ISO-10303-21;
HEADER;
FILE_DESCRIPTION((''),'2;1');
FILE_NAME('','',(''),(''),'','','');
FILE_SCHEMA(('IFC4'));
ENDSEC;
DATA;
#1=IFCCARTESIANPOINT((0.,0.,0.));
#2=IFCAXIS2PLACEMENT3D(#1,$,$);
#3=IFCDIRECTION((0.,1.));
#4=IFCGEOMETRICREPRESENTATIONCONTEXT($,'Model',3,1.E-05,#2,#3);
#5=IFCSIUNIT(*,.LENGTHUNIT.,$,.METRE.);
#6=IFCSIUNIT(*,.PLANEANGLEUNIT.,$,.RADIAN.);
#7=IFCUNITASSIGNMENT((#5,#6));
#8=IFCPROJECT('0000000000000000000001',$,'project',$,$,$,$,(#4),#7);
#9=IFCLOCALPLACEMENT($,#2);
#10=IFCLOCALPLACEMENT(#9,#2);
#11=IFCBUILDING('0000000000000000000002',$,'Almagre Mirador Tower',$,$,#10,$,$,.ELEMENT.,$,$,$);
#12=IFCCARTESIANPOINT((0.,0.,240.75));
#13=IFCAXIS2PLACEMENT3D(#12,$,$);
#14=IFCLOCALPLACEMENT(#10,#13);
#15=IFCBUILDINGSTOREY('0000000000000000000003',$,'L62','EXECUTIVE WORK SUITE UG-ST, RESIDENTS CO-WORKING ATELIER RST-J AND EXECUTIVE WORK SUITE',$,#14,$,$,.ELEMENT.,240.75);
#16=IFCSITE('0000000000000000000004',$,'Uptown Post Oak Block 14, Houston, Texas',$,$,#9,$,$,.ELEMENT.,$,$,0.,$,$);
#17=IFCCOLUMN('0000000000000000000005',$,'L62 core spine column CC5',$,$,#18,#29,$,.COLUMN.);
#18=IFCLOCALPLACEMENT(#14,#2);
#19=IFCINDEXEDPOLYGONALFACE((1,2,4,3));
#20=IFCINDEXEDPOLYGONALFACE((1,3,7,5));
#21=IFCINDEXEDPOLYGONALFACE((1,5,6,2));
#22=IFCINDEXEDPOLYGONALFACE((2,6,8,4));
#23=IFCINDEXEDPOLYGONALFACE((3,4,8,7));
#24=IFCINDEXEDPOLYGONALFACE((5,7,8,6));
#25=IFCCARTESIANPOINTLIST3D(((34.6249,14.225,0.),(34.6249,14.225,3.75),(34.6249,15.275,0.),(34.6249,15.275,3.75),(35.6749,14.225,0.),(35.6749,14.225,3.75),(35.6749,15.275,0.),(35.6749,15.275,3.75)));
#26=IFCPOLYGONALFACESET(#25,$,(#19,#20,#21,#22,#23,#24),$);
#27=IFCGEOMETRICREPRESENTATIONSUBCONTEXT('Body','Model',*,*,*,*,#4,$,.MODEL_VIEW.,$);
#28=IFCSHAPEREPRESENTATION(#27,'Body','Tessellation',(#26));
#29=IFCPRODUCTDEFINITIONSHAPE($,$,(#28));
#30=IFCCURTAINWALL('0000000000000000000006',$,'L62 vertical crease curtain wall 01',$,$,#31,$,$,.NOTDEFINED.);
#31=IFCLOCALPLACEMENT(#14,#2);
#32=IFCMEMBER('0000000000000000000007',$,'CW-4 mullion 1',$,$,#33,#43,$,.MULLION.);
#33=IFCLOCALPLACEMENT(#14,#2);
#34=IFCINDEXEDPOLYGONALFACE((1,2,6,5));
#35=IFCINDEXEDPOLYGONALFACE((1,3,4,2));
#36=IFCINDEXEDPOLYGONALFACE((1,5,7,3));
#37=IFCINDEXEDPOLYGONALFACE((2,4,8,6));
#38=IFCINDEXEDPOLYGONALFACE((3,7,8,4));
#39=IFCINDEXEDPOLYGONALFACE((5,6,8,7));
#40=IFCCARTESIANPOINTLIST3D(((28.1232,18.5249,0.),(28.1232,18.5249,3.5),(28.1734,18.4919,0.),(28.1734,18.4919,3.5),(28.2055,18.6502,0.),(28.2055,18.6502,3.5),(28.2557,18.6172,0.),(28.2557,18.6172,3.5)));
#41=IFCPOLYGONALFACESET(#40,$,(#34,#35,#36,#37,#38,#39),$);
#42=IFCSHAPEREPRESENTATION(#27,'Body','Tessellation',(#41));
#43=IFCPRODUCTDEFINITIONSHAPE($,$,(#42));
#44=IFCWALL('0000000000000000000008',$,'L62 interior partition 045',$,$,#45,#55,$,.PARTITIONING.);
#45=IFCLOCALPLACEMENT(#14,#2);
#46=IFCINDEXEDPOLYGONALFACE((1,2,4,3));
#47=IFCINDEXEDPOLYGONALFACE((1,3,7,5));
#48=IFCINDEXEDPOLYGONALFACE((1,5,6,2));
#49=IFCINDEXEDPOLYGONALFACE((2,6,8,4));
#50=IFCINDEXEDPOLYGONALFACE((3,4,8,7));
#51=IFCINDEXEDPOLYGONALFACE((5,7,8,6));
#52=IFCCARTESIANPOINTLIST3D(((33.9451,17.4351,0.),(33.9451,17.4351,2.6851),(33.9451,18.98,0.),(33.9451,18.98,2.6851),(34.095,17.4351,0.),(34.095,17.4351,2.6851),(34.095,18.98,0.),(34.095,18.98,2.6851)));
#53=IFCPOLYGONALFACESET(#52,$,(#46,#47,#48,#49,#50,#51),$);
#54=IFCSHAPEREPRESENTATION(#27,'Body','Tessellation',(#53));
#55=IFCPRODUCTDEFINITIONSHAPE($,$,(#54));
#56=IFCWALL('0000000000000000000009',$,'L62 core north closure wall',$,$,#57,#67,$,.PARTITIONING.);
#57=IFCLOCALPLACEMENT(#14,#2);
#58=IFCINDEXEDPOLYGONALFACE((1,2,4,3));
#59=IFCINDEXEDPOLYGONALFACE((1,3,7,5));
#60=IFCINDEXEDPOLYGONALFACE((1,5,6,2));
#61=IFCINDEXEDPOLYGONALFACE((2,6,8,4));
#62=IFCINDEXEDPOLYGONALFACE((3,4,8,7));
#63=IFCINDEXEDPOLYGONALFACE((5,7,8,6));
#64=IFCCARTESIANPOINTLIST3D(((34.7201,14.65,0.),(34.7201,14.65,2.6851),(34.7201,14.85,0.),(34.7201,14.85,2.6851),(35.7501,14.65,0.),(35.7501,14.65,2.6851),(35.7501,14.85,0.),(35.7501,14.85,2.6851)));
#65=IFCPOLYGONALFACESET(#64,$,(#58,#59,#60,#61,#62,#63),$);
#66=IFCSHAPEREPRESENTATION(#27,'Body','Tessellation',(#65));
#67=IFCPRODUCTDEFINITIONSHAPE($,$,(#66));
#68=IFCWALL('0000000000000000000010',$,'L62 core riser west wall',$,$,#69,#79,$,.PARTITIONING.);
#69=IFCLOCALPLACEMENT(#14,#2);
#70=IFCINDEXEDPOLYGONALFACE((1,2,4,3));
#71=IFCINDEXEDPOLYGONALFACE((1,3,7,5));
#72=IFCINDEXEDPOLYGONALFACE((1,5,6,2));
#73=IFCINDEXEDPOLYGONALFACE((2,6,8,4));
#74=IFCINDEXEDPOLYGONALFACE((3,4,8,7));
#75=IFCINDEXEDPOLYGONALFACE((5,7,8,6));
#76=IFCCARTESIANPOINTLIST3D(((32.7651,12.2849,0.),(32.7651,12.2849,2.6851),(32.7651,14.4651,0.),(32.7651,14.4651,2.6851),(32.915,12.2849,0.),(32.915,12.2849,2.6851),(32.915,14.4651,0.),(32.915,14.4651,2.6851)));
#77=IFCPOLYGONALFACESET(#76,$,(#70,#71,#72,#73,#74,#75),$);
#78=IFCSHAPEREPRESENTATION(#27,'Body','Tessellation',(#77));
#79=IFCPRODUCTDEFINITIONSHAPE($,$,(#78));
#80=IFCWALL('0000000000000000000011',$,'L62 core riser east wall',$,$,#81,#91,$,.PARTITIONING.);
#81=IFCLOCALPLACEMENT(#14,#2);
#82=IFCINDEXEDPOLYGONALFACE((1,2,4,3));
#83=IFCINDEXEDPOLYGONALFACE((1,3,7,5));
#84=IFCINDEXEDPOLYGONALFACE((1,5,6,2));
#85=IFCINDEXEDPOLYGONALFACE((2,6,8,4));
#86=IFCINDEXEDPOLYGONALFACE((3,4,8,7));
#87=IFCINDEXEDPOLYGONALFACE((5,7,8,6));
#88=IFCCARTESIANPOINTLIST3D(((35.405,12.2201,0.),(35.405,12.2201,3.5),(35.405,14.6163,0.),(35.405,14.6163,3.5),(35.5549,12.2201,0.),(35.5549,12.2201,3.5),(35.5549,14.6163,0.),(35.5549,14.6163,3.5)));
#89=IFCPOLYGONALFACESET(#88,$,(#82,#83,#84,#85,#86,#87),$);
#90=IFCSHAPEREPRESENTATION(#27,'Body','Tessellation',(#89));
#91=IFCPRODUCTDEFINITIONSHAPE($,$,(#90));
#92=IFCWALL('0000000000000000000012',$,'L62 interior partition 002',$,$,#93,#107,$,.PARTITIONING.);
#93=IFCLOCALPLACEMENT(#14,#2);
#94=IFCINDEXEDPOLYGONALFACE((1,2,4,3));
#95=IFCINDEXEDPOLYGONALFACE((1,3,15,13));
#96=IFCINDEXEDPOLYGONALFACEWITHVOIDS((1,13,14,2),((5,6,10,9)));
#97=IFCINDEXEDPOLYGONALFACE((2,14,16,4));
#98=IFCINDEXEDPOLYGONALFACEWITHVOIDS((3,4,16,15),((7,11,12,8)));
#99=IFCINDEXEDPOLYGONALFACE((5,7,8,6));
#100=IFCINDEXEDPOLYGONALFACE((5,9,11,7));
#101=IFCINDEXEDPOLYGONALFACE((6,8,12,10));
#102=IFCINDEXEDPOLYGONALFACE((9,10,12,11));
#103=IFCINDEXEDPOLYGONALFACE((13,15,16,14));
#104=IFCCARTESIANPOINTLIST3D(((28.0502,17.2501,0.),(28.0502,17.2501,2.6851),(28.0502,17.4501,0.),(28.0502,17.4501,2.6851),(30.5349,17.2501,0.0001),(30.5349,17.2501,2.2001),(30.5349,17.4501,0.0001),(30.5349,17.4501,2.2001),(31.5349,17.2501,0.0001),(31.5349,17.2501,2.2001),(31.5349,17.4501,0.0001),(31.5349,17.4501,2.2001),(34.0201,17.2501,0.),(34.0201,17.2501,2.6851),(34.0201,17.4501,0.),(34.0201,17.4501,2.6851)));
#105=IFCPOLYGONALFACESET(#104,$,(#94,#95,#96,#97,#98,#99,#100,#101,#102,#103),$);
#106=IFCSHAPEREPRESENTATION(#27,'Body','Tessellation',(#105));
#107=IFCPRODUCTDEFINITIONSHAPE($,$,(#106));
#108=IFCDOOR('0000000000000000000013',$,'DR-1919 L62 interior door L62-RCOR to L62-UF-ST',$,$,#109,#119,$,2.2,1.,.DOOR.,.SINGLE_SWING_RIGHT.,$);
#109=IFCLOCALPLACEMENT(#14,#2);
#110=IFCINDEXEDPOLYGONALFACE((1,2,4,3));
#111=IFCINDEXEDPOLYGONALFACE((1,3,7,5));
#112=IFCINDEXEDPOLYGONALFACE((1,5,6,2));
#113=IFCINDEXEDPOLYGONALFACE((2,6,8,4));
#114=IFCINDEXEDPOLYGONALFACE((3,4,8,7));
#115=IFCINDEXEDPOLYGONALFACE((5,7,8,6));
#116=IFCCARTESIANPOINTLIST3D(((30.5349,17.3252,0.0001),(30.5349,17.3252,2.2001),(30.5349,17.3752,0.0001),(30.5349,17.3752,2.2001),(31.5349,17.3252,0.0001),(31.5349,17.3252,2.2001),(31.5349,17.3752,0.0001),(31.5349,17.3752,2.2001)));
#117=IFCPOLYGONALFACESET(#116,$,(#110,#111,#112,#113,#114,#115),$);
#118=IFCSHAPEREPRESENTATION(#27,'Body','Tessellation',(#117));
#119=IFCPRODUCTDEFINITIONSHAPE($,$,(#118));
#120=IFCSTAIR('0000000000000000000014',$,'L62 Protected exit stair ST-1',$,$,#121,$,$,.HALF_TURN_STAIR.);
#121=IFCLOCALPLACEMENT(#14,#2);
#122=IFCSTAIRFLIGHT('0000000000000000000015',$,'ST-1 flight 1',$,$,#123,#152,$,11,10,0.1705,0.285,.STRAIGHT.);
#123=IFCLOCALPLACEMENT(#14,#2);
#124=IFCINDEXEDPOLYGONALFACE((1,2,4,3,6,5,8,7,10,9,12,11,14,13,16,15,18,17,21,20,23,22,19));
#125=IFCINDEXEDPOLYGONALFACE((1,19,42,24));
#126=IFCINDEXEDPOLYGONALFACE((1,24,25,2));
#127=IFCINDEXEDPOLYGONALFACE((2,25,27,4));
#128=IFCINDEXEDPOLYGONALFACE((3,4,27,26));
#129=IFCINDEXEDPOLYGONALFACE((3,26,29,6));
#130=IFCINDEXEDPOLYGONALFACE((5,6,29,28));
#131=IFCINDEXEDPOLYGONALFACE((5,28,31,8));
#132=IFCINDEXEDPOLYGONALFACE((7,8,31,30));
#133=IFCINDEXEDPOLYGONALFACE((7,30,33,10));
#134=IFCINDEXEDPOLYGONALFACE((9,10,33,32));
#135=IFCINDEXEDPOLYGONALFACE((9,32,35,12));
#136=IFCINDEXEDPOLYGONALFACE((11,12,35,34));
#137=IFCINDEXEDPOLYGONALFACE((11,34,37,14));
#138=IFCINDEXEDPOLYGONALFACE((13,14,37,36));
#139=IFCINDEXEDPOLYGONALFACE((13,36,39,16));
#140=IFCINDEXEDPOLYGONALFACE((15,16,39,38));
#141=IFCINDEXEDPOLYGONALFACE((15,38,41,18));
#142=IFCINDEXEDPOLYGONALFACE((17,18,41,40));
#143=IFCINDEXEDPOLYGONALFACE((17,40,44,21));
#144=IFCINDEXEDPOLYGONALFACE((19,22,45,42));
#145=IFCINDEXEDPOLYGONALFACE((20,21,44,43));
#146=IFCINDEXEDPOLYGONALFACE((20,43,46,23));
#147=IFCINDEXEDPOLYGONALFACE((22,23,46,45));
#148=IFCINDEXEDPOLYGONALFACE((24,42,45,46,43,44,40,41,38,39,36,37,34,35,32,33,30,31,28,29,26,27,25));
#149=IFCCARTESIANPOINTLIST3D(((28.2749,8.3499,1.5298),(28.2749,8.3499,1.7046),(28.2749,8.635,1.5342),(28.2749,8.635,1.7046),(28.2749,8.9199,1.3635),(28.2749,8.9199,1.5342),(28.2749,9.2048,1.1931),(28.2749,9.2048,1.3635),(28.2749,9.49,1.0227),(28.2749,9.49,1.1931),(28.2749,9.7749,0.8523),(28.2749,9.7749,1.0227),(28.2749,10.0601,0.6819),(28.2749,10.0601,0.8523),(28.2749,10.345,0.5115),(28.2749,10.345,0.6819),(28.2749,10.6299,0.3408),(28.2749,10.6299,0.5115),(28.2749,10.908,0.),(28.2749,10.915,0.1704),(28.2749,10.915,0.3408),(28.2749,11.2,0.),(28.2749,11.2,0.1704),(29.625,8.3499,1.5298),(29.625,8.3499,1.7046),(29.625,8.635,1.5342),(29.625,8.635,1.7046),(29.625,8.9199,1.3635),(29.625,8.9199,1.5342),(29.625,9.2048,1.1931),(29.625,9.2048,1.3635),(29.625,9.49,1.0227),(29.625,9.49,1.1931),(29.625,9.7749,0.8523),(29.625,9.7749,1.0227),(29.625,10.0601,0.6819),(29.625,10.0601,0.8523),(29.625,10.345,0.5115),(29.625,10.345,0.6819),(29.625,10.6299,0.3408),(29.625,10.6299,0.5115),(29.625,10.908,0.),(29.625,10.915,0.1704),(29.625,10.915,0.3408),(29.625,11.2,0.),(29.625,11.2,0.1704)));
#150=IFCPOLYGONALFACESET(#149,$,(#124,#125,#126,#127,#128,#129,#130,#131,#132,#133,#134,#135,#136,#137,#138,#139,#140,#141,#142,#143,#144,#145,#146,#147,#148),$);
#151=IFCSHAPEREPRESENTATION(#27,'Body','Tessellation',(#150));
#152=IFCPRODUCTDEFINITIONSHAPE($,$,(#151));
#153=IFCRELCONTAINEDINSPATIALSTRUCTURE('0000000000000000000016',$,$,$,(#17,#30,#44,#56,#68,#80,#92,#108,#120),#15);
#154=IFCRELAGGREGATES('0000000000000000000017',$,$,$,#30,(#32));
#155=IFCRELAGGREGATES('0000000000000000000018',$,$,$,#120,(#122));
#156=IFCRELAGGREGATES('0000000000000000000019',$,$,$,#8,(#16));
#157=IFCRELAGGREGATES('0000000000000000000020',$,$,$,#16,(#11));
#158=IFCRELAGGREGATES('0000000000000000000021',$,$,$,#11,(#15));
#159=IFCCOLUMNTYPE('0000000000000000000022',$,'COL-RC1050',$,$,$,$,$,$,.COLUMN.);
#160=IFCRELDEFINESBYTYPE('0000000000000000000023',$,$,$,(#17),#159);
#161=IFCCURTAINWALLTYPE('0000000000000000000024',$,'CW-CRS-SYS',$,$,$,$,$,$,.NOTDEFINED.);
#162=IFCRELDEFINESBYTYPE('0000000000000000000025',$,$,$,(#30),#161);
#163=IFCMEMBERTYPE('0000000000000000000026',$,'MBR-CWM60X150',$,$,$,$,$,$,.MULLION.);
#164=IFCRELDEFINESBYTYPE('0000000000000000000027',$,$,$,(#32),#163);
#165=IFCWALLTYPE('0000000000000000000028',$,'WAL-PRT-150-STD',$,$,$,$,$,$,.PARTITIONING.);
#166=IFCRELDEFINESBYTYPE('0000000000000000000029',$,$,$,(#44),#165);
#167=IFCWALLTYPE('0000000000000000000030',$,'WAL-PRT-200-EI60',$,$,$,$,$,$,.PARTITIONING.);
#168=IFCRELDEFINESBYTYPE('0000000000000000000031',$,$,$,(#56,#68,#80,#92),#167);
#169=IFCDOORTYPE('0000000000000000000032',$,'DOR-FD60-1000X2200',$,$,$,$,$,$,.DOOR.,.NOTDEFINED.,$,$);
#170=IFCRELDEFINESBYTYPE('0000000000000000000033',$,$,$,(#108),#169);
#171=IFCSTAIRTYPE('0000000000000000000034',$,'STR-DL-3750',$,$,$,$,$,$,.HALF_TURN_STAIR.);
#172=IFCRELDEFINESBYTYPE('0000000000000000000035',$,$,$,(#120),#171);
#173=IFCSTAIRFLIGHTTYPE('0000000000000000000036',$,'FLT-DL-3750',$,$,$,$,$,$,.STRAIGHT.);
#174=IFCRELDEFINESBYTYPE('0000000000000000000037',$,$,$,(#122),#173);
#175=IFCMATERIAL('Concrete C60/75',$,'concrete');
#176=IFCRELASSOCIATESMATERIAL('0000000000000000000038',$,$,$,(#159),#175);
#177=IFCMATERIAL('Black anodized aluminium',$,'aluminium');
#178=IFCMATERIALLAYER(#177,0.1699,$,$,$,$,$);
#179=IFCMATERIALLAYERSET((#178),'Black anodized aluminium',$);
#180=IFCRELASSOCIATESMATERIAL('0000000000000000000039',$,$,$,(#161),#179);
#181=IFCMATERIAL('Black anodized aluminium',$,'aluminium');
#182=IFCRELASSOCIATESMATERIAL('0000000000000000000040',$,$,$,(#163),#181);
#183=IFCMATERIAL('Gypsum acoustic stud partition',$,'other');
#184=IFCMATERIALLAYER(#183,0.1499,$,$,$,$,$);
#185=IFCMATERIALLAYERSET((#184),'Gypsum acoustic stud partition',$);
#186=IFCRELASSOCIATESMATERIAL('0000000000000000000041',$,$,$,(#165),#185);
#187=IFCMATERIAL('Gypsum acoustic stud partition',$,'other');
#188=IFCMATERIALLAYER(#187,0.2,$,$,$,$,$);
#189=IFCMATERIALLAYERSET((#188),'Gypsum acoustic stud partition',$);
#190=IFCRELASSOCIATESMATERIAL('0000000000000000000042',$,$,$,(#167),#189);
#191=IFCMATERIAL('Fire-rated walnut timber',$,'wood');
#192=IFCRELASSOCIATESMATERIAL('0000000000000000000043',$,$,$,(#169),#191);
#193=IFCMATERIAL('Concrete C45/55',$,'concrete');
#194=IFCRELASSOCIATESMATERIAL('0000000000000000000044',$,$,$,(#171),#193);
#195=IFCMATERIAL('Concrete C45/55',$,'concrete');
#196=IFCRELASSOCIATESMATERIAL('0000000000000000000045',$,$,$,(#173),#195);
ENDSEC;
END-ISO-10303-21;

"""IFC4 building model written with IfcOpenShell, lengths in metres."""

from ifc_helpers import new_model, si_unit, direction, frame, frame_2d, origin, origin_2d, place, context, subcontext, project, spatial, polyline, rectangle, outline, extrude, material, layer, layer_set, material_profile, profile_set, type_object, element, fill, aggregate, save


model = new_model("IFC4")

# Units and contexts
model_context = context("Model", 3, precision=1e-05, world=origin(), true_north=direction((0.0, 1.0)))
body_context = subcontext(model_context, "Body", "Model", "MODEL_VIEW")
ifc_project = project(units=[si_unit("LENGTHUNIT", "METRE"), si_unit("PLANEANGLEUNIT", "RADIAN")], contexts=[model_context])

# Site, building, storey
site_placement = place(None, origin())
site = spatial("IfcSite", under=ifc_project, at=site_placement, Name="Uptown Post Oak Block 14, Houston, Texas", CompositionType="ELEMENT", RefElevation=0.0)
building_placement = place(site_placement, origin())
building = spatial("IfcBuilding", under=site, at=building_placement, Name="Almagre Mirador Tower", CompositionType="ELEMENT")
storey_placement = place(building_placement, frame((0.0, 0.0, 240.75)))
storey = spatial("IfcBuildingStorey", under=building, at=storey_placement, Name="L62", Description="EXECUTIVE WORK SUITE UG-ST, RESIDENTS CO-WORKING ATELIER RST-J AND EXECUTIVE WORK SUITE", CompositionType="ELEMENT", Elevation=240.75)

# Column
ifc_material_1 = material(Name="Concrete C60/75", Category="concrete")
ifc_material_profile_1 = material_profile(ifc_material_1, rectangle(XDim=1.05, YDim=1.05, at=origin_2d()), Name="RC1050X1050")
ifc_profile_set_1 = profile_set([ifc_material_profile_1], Name="Concrete C60/75")
column_type = type_object("IfcColumnType", Name="COL-RC1050", PredefinedType="COLUMN", material=ifc_profile_set_1)
column_placement = place(storey_placement, frame((35.1499, 14.75, 0.0), z_axis=(0.0, 0.0, 1.0), x_axis=(1.0, 0.0, 0.0)))
element("IfcColumn", 1, at=column_placement, inside=storey, type_object=column_type, Name="L62 core spine column CC5", PredefinedType="COLUMN", context=body_context, shape_type="SweptSolid", body=[
    extrude(rectangle(XDim=1.05, YDim=1.05, at=origin_2d()), origin(), (0.0, 0.0, 1.0), 3.75),
])

# Curtain wall, member
ifc_material_2 = material(Name="Black anodized aluminium", Category="aluminium")
ifc_layer_1 = layer(ifc_material_2, 0.1699)
ifc_layer_set_1 = layer_set([ifc_layer_1], Name="Black anodized aluminium")
curtain_wall_type = type_object("IfcCurtainWallType", Name="CW-CRS-SYS", PredefinedType="NOTDEFINED", material=ifc_layer_set_1)
curtain_wall_placement = place(storey_placement, origin())
curtain_wall = element("IfcCurtainWall", 2, at=curtain_wall_placement, inside=storey, type_object=curtain_wall_type, Name="L62 vertical crease curtain wall 01", PredefinedType="NOTDEFINED")
ifc_material_3 = material(Name="Black anodized aluminium", Category="aluminium")
ifc_material_profile_2 = material_profile(ifc_material_3, rectangle(XDim=0.0601, YDim=0.1499, at=origin_2d()), Name="CWM60X150")
ifc_profile_set_2 = profile_set([ifc_material_profile_2], Name="Black anodized aluminium")
member_type = type_object("IfcMemberType", Name="MBR-CWM60X150", PredefinedType="MULLION", material=ifc_profile_set_2)
member_placement = place(storey_placement, frame((28.1895, 18.571, 0.0), z_axis=(0.0, 0.0, 1.0), x_axis=(-0.835712, 0.549168, 0.0)))
member = element("IfcMember", 3, at=member_placement, type_object=member_type, Name="CW-4 mullion 1", PredefinedType="MULLION", context=body_context, shape_type="SweptSolid", body=[
    extrude(rectangle(XDim=0.0601, YDim=0.1499, at=origin_2d()), origin(), (0.0, 0.0, 1.0), 3.5),
])
aggregate(curtain_wall, [member])

# Walls
ifc_material_4 = material(Name="Gypsum acoustic stud partition", Category="other")
ifc_layer_2 = layer(ifc_material_4, 0.1499)
ifc_layer_set_2 = layer_set([ifc_layer_2], Name="Gypsum acoustic stud partition")
wall_type_1 = type_object("IfcWallType", Name="WAL-PRT-150-STD", PredefinedType="PARTITIONING", material=ifc_layer_set_2)
wall_1_placement = place(storey_placement, frame((34.02, 17.4351, 0.0), z_axis=(0.0, 0.0, 1.0), x_axis=(0.0, 1.0, 0.0)))
element("IfcWall", 4, at=wall_1_placement, inside=storey, type_object=wall_type_1, Name="L62 interior partition 045", PredefinedType="PARTITIONING", context=body_context, shape_type="SweptSolid", body=[
    extrude(rectangle(XDim=1.5449, YDim=0.1499, at=frame_2d((0.7725, 0.0))), origin(), (0.0, 0.0, 1.0), 2.6851),
])
ifc_material_5 = material(Name="Gypsum acoustic stud partition", Category="other")
ifc_layer_3 = layer(ifc_material_5, 0.2)
ifc_layer_set_3 = layer_set([ifc_layer_3], Name="Gypsum acoustic stud partition")
wall_type_2 = type_object("IfcWallType", Name="WAL-PRT-200-EI60", PredefinedType="PARTITIONING", material=ifc_layer_set_3)
wall_2_placement = place(storey_placement, frame((34.72, 14.75, 0.0), z_axis=(0.0, 0.0, 1.0), x_axis=(1.0, 0.0, 0.0)))
element("IfcWall", 5, at=wall_2_placement, inside=storey, type_object=wall_type_2, Name="L62 core north closure wall", PredefinedType="PARTITIONING", context=body_context, shape_type="SweptSolid", body=[
    extrude(rectangle(XDim=1.03, YDim=0.2, at=frame_2d((0.5151, 0.0))), origin(), (0.0, 0.0, 1.0), 2.6851),
])

# Walls
wall_3_placement = place(storey_placement, frame((32.8401, 12.2849, 0.0), z_axis=(0.0, 0.0, 1.0), x_axis=(0.0, 1.0, 0.0)))
element("IfcWall", 6, at=wall_3_placement, inside=storey, type_object=wall_type_2, Name="L62 core riser west wall", PredefinedType="PARTITIONING", context=body_context, shape_type="SweptSolid", body=[
    extrude(rectangle(XDim=2.1802, YDim=0.1499, at=frame_2d((1.0901, 0.0))), origin(), (0.0, 0.0, 1.0), 2.6851),
])
wall_4_placement = place(storey_placement, frame((35.48, 12.22, 0.0), z_axis=(0.0, 0.0, 1.0), x_axis=(0.0, 1.0, 0.0)))
element("IfcWall", 7, at=wall_4_placement, inside=storey, type_object=wall_type_2, Name="L62 core riser east wall", PredefinedType="PARTITIONING", context=body_context, shape_type="SweptSolid", body=[
    extrude(rectangle(XDim=2.3962, YDim=0.1499, at=frame_2d((1.1982, 0.0))), origin(), (0.0, 0.0, 1.0), 3.5),
])

# Wall, opening, door
wall_5_placement = place(storey_placement, frame((34.02, 17.3501, 0.0), z_axis=(0.0, 0.0, 1.0), x_axis=(-1.0, 0.0, 0.0)))
wall_5 = element("IfcWall", 8, at=wall_5_placement, inside=storey, type_object=wall_type_2, Name="L62 interior partition 002", PredefinedType="PARTITIONING", context=body_context, shape_type="SweptSolid", body=[
    extrude(rectangle(XDim=5.97, YDim=0.2, at=frame_2d((2.9849, 0.0))), origin(), (0.0, 0.0, 1.0), 2.6851),
])
opening_1_placement = place(wall_5_placement, frame((2.4851, 0.0, 0.0)))
opening_1 = element("IfcOpeningElement", 9, at=opening_1_placement, cuts=wall_5, PredefinedType="OPENING", context=body_context, shape_type="SweptSolid", body=[
    extrude(rectangle(XDim=1.0, YDim=2.2, at=frame_2d((0.5, 1.1001))), frame((0.0, 0.1101, 0.0), z_axis=(0.0, -1.0, 0.0), x_axis=(1.0, 0.0, 0.0)), (0.0, 0.0, 1.0), 0.22),
])
ifc_material_6 = material(Name="Fire-rated walnut timber", Category="wood")
door_type_1 = type_object("IfcDoorType", Name="DOR-FD60-1000X2200", OperationType="NOTDEFINED", PredefinedType="DOOR", material=ifc_material_6)
door_1_placement = place(opening_1_placement, origin())
door_1 = element("IfcDoor", 10, at=door_1_placement, inside=storey, type_object=door_type_1, Name="DR-1919 L62 interior door L62-RCOR to L62-UF-ST", OperationType="SINGLE_SWING_RIGHT", OverallHeight=2.2, OverallWidth=1.0, PredefinedType="DOOR", context=body_context, shape_type="SweptSolid", body=[
    extrude(rectangle(XDim=1.0, YDim=2.2, at=frame_2d((0.5, 1.1001))), frame((0.0, 0.0249, 0.0), z_axis=(0.0, -1.0, 0.0), x_axis=(1.0, 0.0, 0.0)), (0.0, 0.0, 1.0), 0.05),
])
fill(opening_1, door_1)

# Stair, stair flight
ifc_material_7 = material(Name="Concrete C45/55", Category="concrete")
stair_type = type_object("IfcStairType", Name="STR-DL-3750", PredefinedType="HALF_TURN_STAIR", material=ifc_material_7)
stair_placement = place(storey_placement, origin())
stair = element("IfcStair", 11, at=stair_placement, inside=storey, type_object=stair_type, Name="L62 Protected exit stair ST-1", PredefinedType="HALF_TURN_STAIR")
ifc_material_8 = material(Name="Concrete C45/55", Category="concrete")
stair_flight_type = type_object("IfcStairFlightType", Name="FLT-DL-3750", PredefinedType="STRAIGHT", material=ifc_material_8)
stair_flight_placement = place(storey_placement, frame((28.95, 11.2, 0.0), z_axis=(0.0, 0.0, 1.0), x_axis=(0.0, -1.0, 0.0)))
stair_flight = element("IfcStairFlight", 12, at=stair_flight_placement, type_object=stair_flight_type, Name="ST-1 flight 1", NumberOfRisers=11, NumberOfTreads=10, PredefinedType="STRAIGHT", RiserHeight=0.1705, TreadLength=0.285, context=body_context, shape_type="SweptSolid", body=[
    extrude(outline(polyline([(0.0, 0.0), (0.0, 0.1704), (0.2849, 0.1704), (0.2849, 0.3408), (0.5701, 0.3408), (0.5701, 0.5115), (0.855, 0.5115), (0.855, 0.6819), (1.1399, 0.6819), (1.1399, 0.8523), (1.425, 0.8523), (1.425, 1.0227), (1.71, 1.0227), (1.71, 1.1931), (1.9951, 1.1931), (1.9951, 1.3635), (2.28, 1.3635), (2.28, 1.5342), (2.5649, 1.5342), (2.5649, 1.7046), (2.8501, 1.7046), (2.8501, 1.875), (2.8501, 1.5298), (0.292, 0.0), (0.0, 0.0)])), frame((0.0, 0.675, 0.0), z_axis=(0.0, -1.0, 0.0), x_axis=(1.0, 0.0, 0.0)), (0.0, 0.0, 1.0), 1.3501),
])
aggregate(stair, [stair_flight])

save(model, "model.ifc")
